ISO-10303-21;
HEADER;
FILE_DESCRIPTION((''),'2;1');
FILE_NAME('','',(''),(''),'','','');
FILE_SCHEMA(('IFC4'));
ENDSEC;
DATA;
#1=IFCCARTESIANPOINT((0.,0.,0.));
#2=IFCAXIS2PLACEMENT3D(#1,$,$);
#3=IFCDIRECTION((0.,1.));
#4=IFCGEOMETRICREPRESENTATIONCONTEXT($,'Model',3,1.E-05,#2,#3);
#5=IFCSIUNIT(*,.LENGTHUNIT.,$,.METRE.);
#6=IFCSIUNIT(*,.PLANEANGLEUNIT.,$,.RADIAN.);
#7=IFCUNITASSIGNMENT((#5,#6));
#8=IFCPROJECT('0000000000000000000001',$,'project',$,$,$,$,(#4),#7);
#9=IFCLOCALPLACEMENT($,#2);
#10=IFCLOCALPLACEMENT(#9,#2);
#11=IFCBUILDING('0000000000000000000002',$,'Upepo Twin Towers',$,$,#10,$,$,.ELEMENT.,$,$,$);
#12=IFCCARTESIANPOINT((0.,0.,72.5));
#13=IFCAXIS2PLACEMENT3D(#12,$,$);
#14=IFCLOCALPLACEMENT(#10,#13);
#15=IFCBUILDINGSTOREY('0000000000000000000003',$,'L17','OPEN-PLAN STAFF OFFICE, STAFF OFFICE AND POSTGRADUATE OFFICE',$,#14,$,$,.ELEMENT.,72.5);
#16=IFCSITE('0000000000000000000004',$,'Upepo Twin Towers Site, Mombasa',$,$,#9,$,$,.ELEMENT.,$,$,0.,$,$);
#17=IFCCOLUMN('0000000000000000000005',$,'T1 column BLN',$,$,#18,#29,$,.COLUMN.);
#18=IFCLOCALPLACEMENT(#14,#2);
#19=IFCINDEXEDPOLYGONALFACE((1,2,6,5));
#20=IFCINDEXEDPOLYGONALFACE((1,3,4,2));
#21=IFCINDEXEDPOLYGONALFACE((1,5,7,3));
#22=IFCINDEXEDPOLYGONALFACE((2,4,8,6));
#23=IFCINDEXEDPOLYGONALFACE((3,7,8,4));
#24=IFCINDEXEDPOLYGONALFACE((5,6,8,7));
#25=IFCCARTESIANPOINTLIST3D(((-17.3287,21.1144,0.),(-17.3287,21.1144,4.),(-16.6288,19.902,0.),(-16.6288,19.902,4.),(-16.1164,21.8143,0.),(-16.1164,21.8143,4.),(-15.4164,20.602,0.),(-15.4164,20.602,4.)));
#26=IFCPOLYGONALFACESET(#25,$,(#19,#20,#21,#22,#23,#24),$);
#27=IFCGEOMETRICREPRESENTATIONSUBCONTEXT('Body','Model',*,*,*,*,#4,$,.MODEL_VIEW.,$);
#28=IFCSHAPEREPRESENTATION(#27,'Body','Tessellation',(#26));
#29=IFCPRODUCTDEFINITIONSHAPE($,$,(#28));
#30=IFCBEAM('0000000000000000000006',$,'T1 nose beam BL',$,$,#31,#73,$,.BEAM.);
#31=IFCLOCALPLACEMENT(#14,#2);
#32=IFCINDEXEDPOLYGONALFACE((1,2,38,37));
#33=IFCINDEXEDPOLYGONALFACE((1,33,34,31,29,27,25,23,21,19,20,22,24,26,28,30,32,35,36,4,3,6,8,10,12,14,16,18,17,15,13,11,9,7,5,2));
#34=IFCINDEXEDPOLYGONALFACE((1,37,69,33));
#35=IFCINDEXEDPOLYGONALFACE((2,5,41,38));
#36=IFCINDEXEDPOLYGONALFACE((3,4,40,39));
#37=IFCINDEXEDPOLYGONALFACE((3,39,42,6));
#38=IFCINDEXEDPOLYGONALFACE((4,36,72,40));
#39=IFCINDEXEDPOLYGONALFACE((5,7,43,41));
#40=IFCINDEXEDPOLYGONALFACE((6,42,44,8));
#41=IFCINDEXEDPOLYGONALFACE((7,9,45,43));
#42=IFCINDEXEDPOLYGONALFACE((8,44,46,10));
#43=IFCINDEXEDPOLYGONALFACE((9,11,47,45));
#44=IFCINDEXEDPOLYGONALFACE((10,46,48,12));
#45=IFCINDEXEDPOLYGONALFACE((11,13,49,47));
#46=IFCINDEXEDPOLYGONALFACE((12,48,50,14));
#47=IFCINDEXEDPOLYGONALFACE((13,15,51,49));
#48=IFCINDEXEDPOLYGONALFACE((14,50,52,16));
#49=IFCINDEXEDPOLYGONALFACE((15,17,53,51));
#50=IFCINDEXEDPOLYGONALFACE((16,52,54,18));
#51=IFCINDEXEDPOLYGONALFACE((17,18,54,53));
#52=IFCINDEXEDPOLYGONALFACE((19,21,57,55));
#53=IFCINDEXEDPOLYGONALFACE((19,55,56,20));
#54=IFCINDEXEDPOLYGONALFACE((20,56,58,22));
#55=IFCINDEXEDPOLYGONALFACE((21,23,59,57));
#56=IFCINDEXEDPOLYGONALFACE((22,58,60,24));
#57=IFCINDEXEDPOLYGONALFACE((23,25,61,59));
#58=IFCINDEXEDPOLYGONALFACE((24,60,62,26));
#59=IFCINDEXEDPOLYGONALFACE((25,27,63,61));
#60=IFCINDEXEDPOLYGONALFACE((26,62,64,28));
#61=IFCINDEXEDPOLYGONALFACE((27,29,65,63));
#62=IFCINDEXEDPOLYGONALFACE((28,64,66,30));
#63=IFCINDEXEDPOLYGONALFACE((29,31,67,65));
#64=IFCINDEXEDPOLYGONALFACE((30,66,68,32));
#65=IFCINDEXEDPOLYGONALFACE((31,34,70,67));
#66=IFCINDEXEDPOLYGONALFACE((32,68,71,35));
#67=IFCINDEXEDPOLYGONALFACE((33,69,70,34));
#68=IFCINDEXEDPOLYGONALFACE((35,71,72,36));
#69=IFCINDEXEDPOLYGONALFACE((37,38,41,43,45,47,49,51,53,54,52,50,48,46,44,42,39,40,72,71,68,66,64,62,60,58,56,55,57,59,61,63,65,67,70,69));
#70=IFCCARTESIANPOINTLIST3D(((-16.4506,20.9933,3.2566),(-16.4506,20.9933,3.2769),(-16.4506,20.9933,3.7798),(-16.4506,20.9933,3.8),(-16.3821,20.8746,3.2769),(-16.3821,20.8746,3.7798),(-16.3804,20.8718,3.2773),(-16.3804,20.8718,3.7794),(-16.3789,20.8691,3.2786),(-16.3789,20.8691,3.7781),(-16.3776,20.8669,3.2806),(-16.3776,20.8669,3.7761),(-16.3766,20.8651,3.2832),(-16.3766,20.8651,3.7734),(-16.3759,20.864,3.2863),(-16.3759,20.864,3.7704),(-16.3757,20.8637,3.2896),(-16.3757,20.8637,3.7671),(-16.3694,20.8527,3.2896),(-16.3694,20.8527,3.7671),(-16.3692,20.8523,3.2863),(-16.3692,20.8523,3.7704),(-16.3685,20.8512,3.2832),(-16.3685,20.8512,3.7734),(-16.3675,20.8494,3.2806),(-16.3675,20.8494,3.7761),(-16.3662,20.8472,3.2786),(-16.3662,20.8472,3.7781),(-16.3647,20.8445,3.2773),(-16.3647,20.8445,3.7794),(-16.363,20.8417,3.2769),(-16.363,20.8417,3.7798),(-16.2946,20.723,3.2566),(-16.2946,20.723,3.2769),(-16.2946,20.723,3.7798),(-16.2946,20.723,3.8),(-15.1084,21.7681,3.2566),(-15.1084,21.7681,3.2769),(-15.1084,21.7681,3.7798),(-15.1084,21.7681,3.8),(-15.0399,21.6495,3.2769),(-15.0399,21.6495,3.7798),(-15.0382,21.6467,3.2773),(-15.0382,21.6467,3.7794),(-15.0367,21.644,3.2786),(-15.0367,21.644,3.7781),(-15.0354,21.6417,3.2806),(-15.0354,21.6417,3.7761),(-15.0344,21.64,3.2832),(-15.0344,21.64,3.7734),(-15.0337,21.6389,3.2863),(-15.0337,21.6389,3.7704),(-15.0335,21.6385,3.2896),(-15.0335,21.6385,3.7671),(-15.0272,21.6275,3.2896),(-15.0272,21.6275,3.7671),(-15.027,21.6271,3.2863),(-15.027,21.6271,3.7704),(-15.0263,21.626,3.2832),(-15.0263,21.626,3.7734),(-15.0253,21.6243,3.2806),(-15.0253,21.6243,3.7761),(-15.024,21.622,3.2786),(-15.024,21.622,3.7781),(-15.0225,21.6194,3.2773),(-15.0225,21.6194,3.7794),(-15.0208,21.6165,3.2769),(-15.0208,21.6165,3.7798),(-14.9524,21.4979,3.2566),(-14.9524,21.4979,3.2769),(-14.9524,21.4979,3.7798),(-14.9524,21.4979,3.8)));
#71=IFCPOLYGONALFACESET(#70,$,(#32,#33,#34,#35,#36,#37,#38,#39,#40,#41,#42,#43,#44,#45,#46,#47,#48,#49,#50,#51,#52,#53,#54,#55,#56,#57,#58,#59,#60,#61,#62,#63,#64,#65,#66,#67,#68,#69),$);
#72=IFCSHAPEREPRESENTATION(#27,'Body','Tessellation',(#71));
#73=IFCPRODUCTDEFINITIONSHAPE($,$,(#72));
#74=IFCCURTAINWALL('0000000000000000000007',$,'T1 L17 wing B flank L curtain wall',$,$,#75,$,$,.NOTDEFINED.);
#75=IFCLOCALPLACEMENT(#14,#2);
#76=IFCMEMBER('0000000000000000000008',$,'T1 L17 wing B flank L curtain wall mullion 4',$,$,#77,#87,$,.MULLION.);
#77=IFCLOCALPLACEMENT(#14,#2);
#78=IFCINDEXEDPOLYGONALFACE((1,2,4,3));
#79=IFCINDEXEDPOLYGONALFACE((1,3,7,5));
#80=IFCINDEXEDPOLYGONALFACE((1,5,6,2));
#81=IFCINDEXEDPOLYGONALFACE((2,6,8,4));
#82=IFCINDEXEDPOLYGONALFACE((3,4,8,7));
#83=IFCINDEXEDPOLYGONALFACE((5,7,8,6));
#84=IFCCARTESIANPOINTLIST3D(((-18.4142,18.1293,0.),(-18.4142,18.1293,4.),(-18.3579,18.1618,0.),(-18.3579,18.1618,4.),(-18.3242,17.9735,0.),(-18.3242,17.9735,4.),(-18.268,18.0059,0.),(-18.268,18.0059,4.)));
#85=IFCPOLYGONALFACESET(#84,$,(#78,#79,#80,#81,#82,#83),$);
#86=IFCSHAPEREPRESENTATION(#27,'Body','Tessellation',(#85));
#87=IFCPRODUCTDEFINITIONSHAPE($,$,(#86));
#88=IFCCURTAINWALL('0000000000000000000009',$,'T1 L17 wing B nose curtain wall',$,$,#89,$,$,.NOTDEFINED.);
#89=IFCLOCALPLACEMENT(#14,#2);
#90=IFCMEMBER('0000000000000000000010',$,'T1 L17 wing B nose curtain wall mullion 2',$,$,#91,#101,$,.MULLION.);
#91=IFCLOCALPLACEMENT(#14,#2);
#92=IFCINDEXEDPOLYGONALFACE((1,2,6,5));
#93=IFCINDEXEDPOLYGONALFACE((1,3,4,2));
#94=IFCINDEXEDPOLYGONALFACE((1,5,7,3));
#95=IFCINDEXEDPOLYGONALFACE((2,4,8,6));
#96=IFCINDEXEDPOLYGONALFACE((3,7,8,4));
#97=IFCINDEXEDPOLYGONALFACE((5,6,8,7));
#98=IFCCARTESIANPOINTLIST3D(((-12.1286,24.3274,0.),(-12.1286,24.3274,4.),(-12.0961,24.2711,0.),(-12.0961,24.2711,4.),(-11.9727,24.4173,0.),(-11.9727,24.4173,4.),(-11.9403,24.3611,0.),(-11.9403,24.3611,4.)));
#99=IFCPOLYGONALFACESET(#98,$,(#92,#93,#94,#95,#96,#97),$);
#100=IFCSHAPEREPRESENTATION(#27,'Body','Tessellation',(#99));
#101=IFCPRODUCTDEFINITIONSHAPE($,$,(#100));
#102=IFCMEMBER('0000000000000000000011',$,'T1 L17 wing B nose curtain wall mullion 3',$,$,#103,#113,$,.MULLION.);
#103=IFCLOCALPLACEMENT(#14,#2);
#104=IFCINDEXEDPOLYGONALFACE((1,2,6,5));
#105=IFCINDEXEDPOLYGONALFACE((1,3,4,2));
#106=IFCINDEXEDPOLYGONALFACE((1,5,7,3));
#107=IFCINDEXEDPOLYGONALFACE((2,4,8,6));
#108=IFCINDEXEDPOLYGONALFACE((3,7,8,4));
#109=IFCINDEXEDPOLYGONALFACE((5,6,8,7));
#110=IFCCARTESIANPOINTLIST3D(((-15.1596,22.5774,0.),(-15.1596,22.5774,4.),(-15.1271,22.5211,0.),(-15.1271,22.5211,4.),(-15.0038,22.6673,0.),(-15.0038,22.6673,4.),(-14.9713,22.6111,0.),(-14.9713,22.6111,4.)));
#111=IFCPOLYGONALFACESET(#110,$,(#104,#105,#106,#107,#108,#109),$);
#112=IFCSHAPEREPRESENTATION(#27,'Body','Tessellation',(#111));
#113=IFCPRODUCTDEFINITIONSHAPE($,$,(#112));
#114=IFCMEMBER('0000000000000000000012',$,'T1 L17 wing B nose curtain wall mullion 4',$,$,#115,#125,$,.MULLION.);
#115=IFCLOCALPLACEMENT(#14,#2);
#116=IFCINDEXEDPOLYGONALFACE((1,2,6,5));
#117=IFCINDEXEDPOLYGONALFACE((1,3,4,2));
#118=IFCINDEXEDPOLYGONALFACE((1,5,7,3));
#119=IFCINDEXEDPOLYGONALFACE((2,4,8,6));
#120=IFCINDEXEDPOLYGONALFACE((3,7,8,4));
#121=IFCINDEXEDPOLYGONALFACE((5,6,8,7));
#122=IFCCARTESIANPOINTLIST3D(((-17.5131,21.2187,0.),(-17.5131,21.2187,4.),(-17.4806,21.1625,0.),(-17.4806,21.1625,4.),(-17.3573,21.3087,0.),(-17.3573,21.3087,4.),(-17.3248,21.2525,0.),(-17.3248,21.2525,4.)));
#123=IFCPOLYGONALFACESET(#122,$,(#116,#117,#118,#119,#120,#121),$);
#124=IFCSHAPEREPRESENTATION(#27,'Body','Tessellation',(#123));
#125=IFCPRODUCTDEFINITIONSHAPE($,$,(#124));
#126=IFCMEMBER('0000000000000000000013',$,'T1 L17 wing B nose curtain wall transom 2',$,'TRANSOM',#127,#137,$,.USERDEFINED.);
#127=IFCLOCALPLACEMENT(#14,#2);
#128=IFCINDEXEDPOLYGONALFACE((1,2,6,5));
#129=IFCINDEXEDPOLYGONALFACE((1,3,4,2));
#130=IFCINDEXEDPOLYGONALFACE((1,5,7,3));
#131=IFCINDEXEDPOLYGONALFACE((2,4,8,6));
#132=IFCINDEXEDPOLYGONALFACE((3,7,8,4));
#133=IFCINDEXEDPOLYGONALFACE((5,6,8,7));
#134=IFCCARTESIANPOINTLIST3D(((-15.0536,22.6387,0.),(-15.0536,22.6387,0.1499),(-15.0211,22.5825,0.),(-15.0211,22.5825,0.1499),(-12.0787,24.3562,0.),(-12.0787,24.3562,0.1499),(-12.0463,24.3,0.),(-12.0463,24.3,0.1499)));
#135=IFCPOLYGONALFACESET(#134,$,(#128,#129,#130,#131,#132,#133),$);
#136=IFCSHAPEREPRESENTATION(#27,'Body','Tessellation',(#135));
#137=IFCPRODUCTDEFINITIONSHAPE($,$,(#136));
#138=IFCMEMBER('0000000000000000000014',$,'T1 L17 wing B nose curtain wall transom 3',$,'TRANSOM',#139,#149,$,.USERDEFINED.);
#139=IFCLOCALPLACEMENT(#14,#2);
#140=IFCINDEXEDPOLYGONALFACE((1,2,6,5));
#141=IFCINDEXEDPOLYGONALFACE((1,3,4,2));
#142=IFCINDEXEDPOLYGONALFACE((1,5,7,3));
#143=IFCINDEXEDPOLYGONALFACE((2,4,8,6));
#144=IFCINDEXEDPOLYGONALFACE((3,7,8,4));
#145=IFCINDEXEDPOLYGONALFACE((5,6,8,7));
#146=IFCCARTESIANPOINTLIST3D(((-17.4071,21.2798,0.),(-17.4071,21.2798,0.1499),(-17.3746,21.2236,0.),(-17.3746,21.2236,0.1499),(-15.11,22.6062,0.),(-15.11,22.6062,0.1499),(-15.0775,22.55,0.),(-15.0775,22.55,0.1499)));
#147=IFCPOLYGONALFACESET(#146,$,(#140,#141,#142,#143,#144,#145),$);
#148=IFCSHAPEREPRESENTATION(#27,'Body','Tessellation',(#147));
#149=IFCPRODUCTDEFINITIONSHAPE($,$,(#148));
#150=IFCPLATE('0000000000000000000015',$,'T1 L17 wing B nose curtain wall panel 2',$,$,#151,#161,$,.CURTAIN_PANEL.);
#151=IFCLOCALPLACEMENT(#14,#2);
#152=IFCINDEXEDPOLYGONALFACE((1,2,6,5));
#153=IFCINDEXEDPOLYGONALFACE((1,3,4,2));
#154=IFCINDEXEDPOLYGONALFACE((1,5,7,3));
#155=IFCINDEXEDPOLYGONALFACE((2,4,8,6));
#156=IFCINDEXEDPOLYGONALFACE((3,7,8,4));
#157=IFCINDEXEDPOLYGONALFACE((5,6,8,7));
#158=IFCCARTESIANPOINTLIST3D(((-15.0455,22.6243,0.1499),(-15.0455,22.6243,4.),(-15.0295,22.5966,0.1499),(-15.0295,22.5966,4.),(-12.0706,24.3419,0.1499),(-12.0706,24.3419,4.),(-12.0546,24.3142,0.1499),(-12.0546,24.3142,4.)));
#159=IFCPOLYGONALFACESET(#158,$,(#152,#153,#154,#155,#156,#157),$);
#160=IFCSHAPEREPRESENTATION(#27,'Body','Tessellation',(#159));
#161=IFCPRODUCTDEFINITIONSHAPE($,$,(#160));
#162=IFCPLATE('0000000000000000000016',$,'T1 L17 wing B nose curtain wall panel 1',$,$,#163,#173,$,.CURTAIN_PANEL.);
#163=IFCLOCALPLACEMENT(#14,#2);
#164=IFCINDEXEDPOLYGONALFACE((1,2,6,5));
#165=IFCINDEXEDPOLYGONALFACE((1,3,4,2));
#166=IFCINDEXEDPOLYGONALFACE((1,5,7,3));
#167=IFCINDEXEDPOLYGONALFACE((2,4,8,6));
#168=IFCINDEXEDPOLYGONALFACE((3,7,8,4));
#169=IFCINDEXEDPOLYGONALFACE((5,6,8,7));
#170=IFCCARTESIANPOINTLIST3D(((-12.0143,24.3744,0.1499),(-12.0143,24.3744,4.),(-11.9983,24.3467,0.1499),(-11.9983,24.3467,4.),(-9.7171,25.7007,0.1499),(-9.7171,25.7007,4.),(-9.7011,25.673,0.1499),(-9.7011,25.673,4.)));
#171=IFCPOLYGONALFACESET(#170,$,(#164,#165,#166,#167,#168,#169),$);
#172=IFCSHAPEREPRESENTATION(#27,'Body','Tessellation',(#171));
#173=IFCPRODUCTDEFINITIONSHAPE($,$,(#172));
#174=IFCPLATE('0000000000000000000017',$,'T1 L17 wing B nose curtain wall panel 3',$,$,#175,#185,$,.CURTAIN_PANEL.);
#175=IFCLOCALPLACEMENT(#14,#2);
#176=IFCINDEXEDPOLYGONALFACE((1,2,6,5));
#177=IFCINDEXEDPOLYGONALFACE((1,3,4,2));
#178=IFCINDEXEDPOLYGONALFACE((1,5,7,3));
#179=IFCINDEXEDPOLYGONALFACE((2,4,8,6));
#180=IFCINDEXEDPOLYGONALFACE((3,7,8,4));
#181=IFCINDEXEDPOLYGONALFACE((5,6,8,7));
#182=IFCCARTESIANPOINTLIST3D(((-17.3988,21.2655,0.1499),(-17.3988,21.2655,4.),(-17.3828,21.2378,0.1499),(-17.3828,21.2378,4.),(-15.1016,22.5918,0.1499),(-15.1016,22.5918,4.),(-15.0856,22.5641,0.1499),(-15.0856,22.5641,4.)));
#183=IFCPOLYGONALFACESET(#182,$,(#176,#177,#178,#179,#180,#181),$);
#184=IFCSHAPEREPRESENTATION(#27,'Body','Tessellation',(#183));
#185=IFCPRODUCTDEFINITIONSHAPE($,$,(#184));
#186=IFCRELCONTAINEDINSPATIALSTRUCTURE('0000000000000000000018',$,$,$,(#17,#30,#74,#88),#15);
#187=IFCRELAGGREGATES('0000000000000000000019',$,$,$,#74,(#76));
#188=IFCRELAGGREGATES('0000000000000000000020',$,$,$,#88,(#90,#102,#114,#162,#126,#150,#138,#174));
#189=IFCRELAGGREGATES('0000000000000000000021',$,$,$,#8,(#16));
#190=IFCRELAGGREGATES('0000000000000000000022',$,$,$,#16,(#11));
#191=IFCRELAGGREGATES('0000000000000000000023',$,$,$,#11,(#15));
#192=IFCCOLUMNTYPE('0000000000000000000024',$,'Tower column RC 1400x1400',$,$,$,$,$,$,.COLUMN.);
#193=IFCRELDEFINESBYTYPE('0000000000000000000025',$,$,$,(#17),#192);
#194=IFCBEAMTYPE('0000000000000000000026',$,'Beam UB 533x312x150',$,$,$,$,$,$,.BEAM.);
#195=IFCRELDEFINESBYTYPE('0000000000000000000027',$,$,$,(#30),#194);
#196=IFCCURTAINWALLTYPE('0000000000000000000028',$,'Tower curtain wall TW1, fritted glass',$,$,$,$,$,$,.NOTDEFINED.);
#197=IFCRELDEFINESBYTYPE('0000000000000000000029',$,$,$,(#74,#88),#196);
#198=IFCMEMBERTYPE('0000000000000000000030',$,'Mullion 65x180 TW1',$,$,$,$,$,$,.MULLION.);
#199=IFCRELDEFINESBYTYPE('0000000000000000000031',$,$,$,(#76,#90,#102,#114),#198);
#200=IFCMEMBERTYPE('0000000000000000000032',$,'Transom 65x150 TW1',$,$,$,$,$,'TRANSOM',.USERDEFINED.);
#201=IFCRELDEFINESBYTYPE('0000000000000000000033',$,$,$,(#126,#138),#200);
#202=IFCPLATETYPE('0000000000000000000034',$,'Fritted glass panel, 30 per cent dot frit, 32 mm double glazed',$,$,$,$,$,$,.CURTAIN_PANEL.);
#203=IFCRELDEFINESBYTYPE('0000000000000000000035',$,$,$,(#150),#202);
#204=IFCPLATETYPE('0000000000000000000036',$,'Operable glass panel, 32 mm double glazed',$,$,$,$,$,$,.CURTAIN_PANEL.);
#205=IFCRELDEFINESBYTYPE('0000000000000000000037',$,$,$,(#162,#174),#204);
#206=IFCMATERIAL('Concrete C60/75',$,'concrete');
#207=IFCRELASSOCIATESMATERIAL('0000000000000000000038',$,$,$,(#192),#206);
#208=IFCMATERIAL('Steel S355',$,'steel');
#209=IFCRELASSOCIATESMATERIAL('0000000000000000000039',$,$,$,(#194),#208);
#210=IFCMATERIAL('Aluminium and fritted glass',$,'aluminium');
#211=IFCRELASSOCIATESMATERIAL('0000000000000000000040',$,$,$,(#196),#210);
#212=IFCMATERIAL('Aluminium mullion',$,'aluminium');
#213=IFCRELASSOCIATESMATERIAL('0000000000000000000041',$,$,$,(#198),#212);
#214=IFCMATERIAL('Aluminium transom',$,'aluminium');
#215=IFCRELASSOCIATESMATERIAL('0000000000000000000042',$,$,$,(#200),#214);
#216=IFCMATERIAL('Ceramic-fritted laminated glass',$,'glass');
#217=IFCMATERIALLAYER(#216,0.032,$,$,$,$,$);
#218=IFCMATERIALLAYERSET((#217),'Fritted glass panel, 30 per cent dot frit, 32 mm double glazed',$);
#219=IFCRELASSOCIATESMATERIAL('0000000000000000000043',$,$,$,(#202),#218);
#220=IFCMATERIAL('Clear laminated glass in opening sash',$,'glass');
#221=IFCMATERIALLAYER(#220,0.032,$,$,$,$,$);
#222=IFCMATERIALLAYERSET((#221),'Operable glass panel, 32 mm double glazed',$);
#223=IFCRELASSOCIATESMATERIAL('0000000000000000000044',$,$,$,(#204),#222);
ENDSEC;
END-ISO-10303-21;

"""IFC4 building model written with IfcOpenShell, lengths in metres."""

from ifc_helpers import new_model, si_unit, direction, frame, origin, origin_2d, place, context, subcontext, project, spatial, rectangle, i_section, extrude, material, layer, layer_set, material_profile, profile_set, type_object, element, aggregate, save


model = new_model("IFC4")

# Units and contexts
model_context = context("Model", 3, precision=1e-05, world=origin(), true_north=direction((0.0, 1.0)))
body_context = subcontext(model_context, "Body", "Model", "MODEL_VIEW")
ifc_project = project(units=[si_unit("LENGTHUNIT", "METRE"), si_unit("PLANEANGLEUNIT", "RADIAN")], contexts=[model_context])

# Site, building, storey
site_placement = place(None, origin())
site = spatial("IfcSite", under=ifc_project, at=site_placement, Name="Upepo Twin Towers Site, Mombasa", CompositionType="ELEMENT", RefElevation=0.0)
building_placement = place(site_placement, origin())
building = spatial("IfcBuilding", under=site, at=building_placement, Name="Upepo Twin Towers", CompositionType="ELEMENT")
storey_placement = place(building_placement, frame((0.0, 0.0, 72.5)))
storey = spatial("IfcBuildingStorey", under=building, at=storey_placement, Name="L17", Description="OPEN-PLAN STAFF OFFICE, STAFF OFFICE AND POSTGRADUATE OFFICE", CompositionType="ELEMENT", Elevation=72.5)

# Column
ifc_material_1 = material(Name="Concrete C60/75", Category="concrete")
ifc_material_profile_1 = material_profile(ifc_material_1, rectangle(XDim=1.3999, YDim=1.3999, at=origin_2d()), Name="RC 1400x1400")
ifc_profile_set_1 = profile_set([ifc_material_profile_1], Name="Concrete C60/75")
column_type = type_object("IfcColumnType", Name="Tower column RC 1400x1400", PredefinedType="COLUMN", material=ifc_profile_set_1)
column_placement = place(storey_placement, frame((-16.3726, 20.8582, 0.0), z_axis=(0.0, 0.0, 1.0), x_axis=(0.866025, 0.5, 0.0)))
element("IfcColumn", 1, at=column_placement, inside=storey, type_object=column_type, Name="T1 column BLN", PredefinedType="COLUMN", context=body_context, shape_type="SweptSolid", body=[
    extrude(rectangle(XDim=1.3999, YDim=1.3999, at=origin_2d()), origin(), (0.0, 0.0, 1.0), 4.0),
])

# Beam
ifc_material_2 = material(Name="Steel S355", Category="steel")
ifc_material_profile_2 = material_profile(ifc_material_2, i_section(OverallWidth=0.312, OverallDepth=0.5435, WebThickness=0.0127, FlangeThickness=0.0203, FilletRadius=0.0127, at=origin_2d()), Name="UB 533x312x150")
ifc_profile_set_2 = profile_set([ifc_material_profile_2], Name="Steel S355")
beam_type = type_object("IfcBeamType", Name="Beam UB 533x312x150", PredefinedType="BEAM", material=ifc_profile_set_2)
beam_placement = place(storey_placement, frame((-16.3726, 20.8582, 3.5283), z_axis=(0.866044, 0.499968, 0.0), x_axis=(-0.499968, 0.866044, 0.0)))
element("IfcBeam", 2, at=beam_placement, inside=storey, type_object=beam_type, Name="T1 nose beam BL", PredefinedType="BEAM", context=body_context, shape_type="SweptSolid", body=[
    extrude(i_section(OverallWidth=0.312, OverallDepth=0.5435, WebThickness=0.0127, FlangeThickness=0.0203, FilletRadius=0.0127, at=origin_2d()), origin(), (0.0, 0.0, 1.0), 1.5498),
])

# Curtain wall, member
ifc_material_3 = material(Name="Aluminium and fritted glass", Category="aluminium")
curtain_wall_type = type_object("IfcCurtainWallType", Name="Tower curtain wall TW1, fritted glass", PredefinedType="NOTDEFINED", material=ifc_material_3)
curtain_wall_1_placement = place(storey_placement, origin())
curtain_wall_1 = element("IfcCurtainWall", 3, at=curtain_wall_1_placement, inside=storey, type_object=curtain_wall_type, Name="T1 L17 wing B flank L curtain wall", PredefinedType="NOTDEFINED")
ifc_material_4 = material(Name="Aluminium mullion", Category="aluminium")
ifc_material_profile_3 = material_profile(ifc_material_4, rectangle(XDim=0.0649, YDim=0.1799, at=origin_2d()), Name="MULLION 65x180")
ifc_profile_set_3 = profile_set([ifc_material_profile_3], Name="Aluminium mullion")
member_type_1 = type_object("IfcMemberType", Name="Mullion 65x180 TW1", PredefinedType="MULLION", material=ifc_profile_set_3)
member_1_placement = place(storey_placement, frame((-18.3411, 18.0676, 0.0), z_axis=(0.0, 0.0, 1.0), x_axis=(-0.866025, -0.5, 0.0)))
member_1 = element("IfcMember", 4, at=member_1_placement, type_object=member_type_1, Name="T1 L17 wing B flank L curtain wall mullion 4", PredefinedType="MULLION", context=body_context, shape_type="SweptSolid", body=[
    extrude(rectangle(XDim=0.0649, YDim=0.1799, at=origin_2d()), origin(), (0.0, 0.0, 1.0), 4.0),
])
aggregate(curtain_wall_1, [member_1])

# Curtain wall, members, plates
curtain_wall_2_placement = place(storey_placement, origin())
curtain_wall_2 = element("IfcCurtainWall", 5, at=curtain_wall_2_placement, inside=storey, type_object=curtain_wall_type, Name="T1 L17 wing B nose curtain wall", PredefinedType="NOTDEFINED")
member_2_placement = place(storey_placement, frame((-12.0344, 24.3442, 0.0), z_axis=(0.0, 0.0, 1.0), x_axis=(0.5, -0.866025, 0.0)))
member_2 = element("IfcMember", 6, at=member_2_placement, type_object=member_type_1, Name="T1 L17 wing B nose curtain wall mullion 2", PredefinedType="MULLION", context=body_context, shape_type="SweptSolid", body=[
    extrude(rectangle(XDim=0.0649, YDim=0.1799, at=origin_2d()), origin(), (0.0, 0.0, 1.0), 4.0),
])
member_3_placement = place(storey_placement, frame((-15.0654, 22.5942, 0.0), z_axis=(0.0, 0.0, 1.0), x_axis=(0.5, -0.866025, 0.0)))
member_3 = element("IfcMember", 7, at=member_3_placement, type_object=member_type_1, Name="T1 L17 wing B nose curtain wall mullion 3", PredefinedType="MULLION", context=body_context, shape_type="SweptSolid", body=[
    extrude(rectangle(XDim=0.0649, YDim=0.1799, at=origin_2d()), origin(), (0.0, 0.0, 1.0), 4.0),
])
member_4_placement = place(storey_placement, frame((-17.4189, 21.2356, 0.0), z_axis=(0.0, 0.0, 1.0), x_axis=(0.5, -0.866025, 0.0)))
member_4 = element("IfcMember", 8, at=member_4_placement, type_object=member_type_1, Name="T1 L17 wing B nose curtain wall mullion 4", PredefinedType="MULLION", context=body_context, shape_type="SweptSolid", body=[
    extrude(rectangle(XDim=0.0649, YDim=0.1799, at=origin_2d()), origin(), (0.0, 0.0, 1.0), 4.0),
])
ifc_material_5 = material(Name="Aluminium transom", Category="aluminium")
ifc_material_profile_4 = material_profile(ifc_material_5, rectangle(XDim=0.0649, YDim=0.1499, at=origin_2d()), Name="TRANSOM 65x150")
ifc_profile_set_4 = profile_set([ifc_material_profile_4], Name="Aluminium transom")
member_type_2 = type_object("IfcMemberType", Name="Transom 65x150 TW1", ElementType="TRANSOM", PredefinedType="USERDEFINED", material=ifc_profile_set_4)
member_5_placement = place(storey_placement, frame((-12.0625, 24.3281, 0.075), z_axis=(-0.866026, -0.499999, 0.0), x_axis=(0.499999, -0.866026, 0.0)))
member_5 = element("IfcMember", 9, at=member_5_placement, type_object=member_type_2, Name="T1 L17 wing B nose curtain wall transom 2", ObjectType="TRANSOM", PredefinedType="USERDEFINED", context=body_context, shape_type="SweptSolid", body=[
    extrude(rectangle(XDim=0.0649, YDim=0.1499, at=origin_2d()), origin(), (0.0, 0.0, 1.0), 3.4351),
])
member_6_placement = place(storey_placement, frame((-15.0938, 22.5781, 0.075), z_axis=(-0.865997, -0.500049, 0.0), x_axis=(0.500049, -0.865997, 0.0)))
member_6 = element("IfcMember", 10, at=member_6_placement, type_object=member_type_2, Name="T1 L17 wing B nose curtain wall transom 3", ObjectType="TRANSOM", PredefinedType="USERDEFINED", context=body_context, shape_type="SweptSolid", body=[
    extrude(rectangle(XDim=0.0649, YDim=0.1499, at=origin_2d()), origin(), (0.0, 0.0, 1.0), 2.6526),
])
ifc_material_6 = material(Name="Ceramic-fritted laminated glass", Category="glass")
ifc_layer_1 = layer(ifc_material_6, 0.032)
ifc_layer_set_1 = layer_set([ifc_layer_1], Name="Fritted glass panel, 30 per cent dot frit, 32 mm double glazed")
plate_type_1 = type_object("IfcPlateType", Name="Fritted glass panel, 30 per cent dot frit, 32 mm double glazed", PredefinedType="CURTAIN_PANEL", material=ifc_layer_set_1)
plate_1_placement = place(storey_placement, frame((-13.55, 23.4692, 0.1499), z_axis=(0.0, 0.0, 1.0), x_axis=(-0.866025, -0.5, 0.0)))
plate_1 = element("IfcPlate", 11, at=plate_1_placement, type_object=plate_type_1, Name="T1 L17 wing B nose curtain wall panel 2", PredefinedType="CURTAIN_PANEL", context=body_context, shape_type="SweptSolid", body=[
    extrude(rectangle(XDim=3.4351, YDim=0.032, at=origin_2d()), origin(), (0.0, 0.0, 1.0), 3.8501),
])
ifc_material_7 = material(Name="Clear laminated glass in opening sash", Category="glass")
ifc_layer_2 = layer(ifc_material_7, 0.032)
ifc_layer_set_2 = layer_set([ifc_layer_2], Name="Operable glass panel, 32 mm double glazed")
plate_type_2 = type_object("IfcPlateType", Name="Operable glass panel, 32 mm double glazed", PredefinedType="CURTAIN_PANEL", material=ifc_layer_set_2)
plate_2_placement = place(storey_placement, frame((-10.8577, 25.0237, 0.1499), z_axis=(0.0, 0.0, 1.0), x_axis=(-0.866025, -0.5, 0.0)))
plate_2 = element("IfcPlate", 12, at=plate_2_placement, type_object=plate_type_2, Name="T1 L17 wing B nose curtain wall panel 1", PredefinedType="CURTAIN_PANEL", context=body_context, shape_type="SweptSolid", body=[
    extrude(rectangle(XDim=2.6526, YDim=0.032, at=origin_2d()), origin(), (0.0, 0.0, 1.0), 3.8501),
])
plate_3_placement = place(storey_placement, frame((-16.2422, 21.9148, 0.1499), z_axis=(0.0, 0.0, 1.0), x_axis=(-0.866025, -0.5, 0.0)))
plate_3 = element("IfcPlate", 13, at=plate_3_placement, type_object=plate_type_2, Name="T1 L17 wing B nose curtain wall panel 3", PredefinedType="CURTAIN_PANEL", context=body_context, shape_type="SweptSolid", body=[
    extrude(rectangle(XDim=2.6526, YDim=0.032, at=origin_2d()), origin(), (0.0, 0.0, 1.0), 3.8501),
])
aggregate(curtain_wall_2, [member_2, member_3, member_4, plate_2, member_5, plate_1, member_6, plate_3])

save(model, "model.ifc")
